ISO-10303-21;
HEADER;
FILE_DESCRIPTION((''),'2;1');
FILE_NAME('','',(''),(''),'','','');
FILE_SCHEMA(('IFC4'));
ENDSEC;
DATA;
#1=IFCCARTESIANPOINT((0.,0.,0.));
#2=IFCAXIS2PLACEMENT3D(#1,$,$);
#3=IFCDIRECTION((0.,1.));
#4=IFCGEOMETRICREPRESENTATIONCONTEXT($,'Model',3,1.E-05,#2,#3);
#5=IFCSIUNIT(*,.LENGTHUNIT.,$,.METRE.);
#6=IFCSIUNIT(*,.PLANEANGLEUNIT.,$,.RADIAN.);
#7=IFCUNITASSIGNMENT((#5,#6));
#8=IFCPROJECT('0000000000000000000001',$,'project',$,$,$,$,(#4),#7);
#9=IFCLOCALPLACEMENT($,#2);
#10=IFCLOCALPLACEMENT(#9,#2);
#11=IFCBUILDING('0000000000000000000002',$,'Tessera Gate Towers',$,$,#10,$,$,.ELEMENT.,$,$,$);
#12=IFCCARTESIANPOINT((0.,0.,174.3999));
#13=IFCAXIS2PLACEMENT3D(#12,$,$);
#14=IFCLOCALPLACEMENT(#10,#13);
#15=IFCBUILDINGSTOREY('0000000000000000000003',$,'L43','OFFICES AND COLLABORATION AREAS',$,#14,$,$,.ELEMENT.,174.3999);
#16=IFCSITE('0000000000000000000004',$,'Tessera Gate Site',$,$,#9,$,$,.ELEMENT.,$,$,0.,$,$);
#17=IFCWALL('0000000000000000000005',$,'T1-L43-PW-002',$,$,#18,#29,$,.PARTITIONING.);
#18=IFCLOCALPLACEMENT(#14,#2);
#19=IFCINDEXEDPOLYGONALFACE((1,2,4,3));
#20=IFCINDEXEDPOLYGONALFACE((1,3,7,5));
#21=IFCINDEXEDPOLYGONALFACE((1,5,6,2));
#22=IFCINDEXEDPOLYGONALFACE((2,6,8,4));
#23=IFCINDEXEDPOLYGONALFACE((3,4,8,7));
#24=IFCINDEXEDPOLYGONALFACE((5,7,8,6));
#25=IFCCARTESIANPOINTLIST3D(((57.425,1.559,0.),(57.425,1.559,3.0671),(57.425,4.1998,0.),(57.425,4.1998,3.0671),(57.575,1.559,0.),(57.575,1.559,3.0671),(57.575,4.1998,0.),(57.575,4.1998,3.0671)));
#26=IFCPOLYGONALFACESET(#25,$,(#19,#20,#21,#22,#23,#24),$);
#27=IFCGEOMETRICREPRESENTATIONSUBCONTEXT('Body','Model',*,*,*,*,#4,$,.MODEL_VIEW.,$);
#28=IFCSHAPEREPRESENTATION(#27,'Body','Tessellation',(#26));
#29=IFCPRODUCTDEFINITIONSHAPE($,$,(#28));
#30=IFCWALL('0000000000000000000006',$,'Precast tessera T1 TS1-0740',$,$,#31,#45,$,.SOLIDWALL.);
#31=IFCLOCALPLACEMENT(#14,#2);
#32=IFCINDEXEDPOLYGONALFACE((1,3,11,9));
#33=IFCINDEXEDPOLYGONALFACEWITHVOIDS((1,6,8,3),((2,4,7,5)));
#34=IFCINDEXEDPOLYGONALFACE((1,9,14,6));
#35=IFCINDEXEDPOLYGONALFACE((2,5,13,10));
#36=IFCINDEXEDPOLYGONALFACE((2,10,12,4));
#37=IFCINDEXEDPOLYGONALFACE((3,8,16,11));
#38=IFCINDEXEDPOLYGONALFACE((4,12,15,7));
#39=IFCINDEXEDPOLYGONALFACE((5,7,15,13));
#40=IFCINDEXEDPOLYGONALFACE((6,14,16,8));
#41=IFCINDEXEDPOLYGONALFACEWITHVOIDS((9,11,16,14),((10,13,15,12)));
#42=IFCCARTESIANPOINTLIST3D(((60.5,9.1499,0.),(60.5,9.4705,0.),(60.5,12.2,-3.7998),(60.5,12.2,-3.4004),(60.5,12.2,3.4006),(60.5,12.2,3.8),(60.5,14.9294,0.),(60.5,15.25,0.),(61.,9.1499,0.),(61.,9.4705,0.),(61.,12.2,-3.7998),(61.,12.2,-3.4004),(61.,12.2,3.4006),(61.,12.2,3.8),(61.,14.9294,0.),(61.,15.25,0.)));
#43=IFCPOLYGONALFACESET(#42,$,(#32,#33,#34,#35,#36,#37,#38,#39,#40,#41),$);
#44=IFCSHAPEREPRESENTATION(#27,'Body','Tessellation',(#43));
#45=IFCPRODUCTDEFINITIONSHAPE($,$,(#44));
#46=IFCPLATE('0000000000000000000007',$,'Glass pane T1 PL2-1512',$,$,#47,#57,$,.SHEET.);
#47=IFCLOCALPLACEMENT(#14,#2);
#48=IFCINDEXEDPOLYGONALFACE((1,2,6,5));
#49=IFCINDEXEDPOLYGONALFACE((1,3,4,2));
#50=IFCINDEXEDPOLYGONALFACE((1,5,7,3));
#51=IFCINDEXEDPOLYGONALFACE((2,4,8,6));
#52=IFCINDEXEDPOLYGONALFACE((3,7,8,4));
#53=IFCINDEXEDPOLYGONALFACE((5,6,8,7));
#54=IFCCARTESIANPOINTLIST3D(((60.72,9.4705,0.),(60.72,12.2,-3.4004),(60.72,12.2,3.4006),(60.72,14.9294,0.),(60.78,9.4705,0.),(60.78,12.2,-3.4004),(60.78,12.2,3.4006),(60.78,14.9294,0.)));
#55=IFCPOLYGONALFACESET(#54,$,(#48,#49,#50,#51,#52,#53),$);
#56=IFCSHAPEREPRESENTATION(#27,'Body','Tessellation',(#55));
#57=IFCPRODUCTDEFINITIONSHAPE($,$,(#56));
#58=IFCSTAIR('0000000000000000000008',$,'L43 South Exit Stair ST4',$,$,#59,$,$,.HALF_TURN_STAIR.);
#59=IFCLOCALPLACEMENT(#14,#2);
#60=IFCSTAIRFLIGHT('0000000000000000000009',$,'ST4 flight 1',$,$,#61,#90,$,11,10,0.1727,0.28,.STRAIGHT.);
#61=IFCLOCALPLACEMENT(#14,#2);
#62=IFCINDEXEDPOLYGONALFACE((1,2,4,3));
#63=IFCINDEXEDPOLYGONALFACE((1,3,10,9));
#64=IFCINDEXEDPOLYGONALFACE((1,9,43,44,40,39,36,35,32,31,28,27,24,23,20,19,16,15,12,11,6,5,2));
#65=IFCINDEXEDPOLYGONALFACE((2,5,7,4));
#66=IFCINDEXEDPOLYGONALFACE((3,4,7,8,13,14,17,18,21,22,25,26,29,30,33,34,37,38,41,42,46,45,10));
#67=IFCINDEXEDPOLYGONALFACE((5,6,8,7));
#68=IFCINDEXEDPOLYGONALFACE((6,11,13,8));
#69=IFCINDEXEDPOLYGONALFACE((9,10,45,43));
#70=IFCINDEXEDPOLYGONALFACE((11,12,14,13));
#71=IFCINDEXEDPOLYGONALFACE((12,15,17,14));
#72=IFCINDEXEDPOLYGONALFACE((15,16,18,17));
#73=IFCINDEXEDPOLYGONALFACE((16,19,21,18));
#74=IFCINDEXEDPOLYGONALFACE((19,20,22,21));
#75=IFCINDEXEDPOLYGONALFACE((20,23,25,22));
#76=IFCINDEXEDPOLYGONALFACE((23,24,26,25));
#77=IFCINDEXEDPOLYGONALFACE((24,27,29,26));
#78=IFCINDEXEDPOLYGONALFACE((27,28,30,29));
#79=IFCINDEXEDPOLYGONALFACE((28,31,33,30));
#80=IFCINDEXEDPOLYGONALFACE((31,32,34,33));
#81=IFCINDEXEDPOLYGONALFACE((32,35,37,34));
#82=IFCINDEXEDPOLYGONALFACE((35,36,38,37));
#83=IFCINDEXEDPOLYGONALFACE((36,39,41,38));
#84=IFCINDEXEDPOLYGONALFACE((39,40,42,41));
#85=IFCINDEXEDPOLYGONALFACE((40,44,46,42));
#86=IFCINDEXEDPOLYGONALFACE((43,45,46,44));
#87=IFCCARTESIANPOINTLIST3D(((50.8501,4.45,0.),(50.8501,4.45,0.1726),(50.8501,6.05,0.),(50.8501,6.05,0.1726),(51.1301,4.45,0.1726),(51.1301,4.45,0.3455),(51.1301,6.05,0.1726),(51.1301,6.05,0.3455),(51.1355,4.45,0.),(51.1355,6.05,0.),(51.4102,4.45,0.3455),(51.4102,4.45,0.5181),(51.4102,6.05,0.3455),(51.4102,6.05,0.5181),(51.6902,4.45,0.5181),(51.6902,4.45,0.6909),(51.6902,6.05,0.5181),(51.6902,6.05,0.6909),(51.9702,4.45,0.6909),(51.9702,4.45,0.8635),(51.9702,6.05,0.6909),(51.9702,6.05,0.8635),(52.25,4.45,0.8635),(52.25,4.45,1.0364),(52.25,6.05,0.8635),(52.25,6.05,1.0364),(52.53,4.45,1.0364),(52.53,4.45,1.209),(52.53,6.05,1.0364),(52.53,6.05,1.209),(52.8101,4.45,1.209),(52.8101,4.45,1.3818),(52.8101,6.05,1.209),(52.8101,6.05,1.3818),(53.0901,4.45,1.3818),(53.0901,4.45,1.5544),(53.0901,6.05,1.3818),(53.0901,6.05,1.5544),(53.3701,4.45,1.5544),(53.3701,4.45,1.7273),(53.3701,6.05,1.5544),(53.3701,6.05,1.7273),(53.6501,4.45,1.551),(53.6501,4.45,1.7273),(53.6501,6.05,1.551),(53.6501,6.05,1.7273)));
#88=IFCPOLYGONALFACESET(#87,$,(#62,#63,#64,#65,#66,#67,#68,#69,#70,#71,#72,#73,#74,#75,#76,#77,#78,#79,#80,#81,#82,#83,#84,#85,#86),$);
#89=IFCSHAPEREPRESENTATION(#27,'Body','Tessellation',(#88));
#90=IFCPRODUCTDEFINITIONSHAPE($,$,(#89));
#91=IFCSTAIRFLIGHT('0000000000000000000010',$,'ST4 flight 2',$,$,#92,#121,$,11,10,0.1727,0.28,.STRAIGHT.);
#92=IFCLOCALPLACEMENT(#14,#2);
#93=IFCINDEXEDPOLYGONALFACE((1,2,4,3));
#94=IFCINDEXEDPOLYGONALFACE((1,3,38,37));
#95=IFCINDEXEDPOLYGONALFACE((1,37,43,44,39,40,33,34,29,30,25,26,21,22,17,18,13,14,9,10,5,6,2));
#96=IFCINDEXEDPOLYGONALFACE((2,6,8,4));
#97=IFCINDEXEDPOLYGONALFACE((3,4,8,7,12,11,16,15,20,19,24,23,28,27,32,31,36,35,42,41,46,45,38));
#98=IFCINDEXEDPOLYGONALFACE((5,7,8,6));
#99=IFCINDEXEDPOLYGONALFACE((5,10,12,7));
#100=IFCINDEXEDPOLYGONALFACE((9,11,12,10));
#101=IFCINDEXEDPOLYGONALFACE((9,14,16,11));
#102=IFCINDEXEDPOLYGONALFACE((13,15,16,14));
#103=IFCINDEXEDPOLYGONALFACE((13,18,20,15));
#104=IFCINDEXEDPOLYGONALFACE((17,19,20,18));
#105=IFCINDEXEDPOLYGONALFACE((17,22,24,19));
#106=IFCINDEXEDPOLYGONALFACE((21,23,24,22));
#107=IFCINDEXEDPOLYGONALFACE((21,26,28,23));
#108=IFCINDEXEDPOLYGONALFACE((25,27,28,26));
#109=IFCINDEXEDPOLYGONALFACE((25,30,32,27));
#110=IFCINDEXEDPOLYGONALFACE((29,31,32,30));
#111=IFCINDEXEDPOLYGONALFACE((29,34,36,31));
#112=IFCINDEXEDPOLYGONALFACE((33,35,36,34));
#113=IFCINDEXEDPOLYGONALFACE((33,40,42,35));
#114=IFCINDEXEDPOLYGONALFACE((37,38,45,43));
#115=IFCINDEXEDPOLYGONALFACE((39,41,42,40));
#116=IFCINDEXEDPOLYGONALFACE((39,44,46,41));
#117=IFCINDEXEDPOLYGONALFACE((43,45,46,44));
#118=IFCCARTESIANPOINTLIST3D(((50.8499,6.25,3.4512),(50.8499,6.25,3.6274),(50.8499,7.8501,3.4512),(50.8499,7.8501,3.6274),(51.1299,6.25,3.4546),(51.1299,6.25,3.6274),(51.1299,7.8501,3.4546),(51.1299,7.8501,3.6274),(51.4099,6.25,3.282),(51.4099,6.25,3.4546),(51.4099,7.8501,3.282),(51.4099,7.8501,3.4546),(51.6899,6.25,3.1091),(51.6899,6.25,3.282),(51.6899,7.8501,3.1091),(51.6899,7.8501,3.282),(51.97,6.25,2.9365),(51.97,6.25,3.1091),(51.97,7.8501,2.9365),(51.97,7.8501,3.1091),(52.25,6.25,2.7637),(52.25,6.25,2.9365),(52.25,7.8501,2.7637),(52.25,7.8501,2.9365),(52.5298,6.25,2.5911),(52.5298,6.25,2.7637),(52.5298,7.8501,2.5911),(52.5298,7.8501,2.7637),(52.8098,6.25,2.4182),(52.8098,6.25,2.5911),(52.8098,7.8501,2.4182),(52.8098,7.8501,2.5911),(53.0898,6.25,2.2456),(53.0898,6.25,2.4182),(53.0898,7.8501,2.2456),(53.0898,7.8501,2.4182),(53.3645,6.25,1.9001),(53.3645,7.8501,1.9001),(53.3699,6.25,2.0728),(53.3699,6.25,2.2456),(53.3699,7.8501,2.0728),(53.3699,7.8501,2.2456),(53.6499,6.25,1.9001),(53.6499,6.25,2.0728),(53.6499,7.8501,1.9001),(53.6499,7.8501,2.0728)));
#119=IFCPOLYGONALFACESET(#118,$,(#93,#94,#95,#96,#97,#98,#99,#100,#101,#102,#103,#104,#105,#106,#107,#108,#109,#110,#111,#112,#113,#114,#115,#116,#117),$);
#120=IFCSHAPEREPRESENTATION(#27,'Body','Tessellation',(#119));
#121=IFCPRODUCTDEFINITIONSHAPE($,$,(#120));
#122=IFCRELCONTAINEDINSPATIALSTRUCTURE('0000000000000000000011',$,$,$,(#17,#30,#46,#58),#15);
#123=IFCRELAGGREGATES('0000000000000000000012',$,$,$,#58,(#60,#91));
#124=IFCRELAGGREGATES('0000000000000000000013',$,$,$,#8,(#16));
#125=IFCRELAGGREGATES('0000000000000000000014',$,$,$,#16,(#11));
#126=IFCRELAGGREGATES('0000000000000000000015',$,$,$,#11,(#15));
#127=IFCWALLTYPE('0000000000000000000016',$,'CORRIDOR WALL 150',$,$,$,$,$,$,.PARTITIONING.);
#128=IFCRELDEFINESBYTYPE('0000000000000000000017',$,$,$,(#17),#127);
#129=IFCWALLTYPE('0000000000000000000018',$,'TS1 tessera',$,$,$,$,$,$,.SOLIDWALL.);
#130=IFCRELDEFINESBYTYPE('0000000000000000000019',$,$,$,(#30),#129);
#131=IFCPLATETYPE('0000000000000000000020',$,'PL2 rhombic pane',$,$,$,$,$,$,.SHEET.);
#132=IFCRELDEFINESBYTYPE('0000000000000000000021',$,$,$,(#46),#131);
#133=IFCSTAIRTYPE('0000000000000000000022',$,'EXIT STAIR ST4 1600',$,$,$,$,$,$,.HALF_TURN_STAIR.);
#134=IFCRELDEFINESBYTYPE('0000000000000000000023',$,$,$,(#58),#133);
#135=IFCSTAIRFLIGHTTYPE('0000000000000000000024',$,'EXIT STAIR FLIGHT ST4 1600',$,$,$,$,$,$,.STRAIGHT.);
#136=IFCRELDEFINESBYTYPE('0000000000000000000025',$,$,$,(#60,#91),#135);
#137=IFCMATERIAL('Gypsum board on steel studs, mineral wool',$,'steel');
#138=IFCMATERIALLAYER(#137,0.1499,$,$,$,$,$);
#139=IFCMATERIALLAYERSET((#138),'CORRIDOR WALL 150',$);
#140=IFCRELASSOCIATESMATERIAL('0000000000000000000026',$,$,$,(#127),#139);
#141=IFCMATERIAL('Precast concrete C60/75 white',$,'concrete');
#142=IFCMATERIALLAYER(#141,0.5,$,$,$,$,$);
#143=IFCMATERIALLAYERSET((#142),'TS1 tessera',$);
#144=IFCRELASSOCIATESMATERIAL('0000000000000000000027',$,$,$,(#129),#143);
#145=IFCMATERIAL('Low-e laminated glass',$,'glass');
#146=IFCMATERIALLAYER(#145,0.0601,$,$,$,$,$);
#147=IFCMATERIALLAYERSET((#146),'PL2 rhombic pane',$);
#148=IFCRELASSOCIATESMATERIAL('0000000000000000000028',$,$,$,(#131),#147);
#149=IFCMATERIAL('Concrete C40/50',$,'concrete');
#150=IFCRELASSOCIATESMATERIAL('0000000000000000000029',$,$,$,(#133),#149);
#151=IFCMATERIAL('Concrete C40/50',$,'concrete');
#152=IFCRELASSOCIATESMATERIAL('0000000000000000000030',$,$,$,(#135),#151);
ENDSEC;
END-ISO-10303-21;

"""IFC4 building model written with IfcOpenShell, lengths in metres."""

from ifc_helpers import new_model, si_unit, direction, frame, frame_2d, origin, place, context, subcontext, project, spatial, polyline, rectangle, outline, extrude, source, transform, mapped, material, layer, layer_set, type_object, element, fill, aggregate, save


model = new_model("IFC4")

# Units and contexts
model_context = context("Model", 3, precision=1e-05, world=origin(), true_north=direction((0.0, 1.0)))
body_context = subcontext(model_context, "Body", "Model", "MODEL_VIEW")
ifc_project = project(units=[si_unit("LENGTHUNIT", "METRE"), si_unit("PLANEANGLEUNIT", "RADIAN")], contexts=[model_context])

# Site, building, storey
site_placement = place(None, origin())
site = spatial("IfcSite", under=ifc_project, at=site_placement, Name="Tessera Gate Site", CompositionType="ELEMENT", RefElevation=0.0)
building_placement = place(site_placement, origin())
building = spatial("IfcBuilding", under=site, at=building_placement, Name="Tessera Gate Towers", CompositionType="ELEMENT")
storey_placement = place(building_placement, frame((0.0, 0.0, 174.3999)))
storey = spatial("IfcBuildingStorey", under=building, at=storey_placement, Name="L43", Description="OFFICES AND COLLABORATION AREAS", CompositionType="ELEMENT", Elevation=174.3999)

# Wall
ifc_material_1 = material(Name="Gypsum board on steel studs, mineral wool", Category="steel")
ifc_layer_1 = layer(ifc_material_1, 0.1499)
ifc_layer_set_1 = layer_set([ifc_layer_1], Name="CORRIDOR WALL 150")
wall_type_1 = type_object("IfcWallType", Name="CORRIDOR WALL 150", PredefinedType="PARTITIONING", material=ifc_layer_set_1)
wall_1_placement = place(storey_placement, frame((57.5, 1.5591, 0.0), z_axis=(0.0, 0.0, 1.0), x_axis=(0.0, 1.0, 0.0)))
element("IfcWall", 1, at=wall_1_placement, inside=storey, type_object=wall_type_1, Name="T1-L43-PW-002", PredefinedType="PARTITIONING", context=body_context, shape_type="SweptSolid", body=[
    extrude(rectangle(XDim=2.6409, YDim=0.1499, at=frame_2d((1.3203, 0.0))), origin(), (0.0, 0.0, 1.0), 3.0671),
])

# Wall, opening, plate
ifc_material_2 = material(Name="Precast concrete C60/75 white", Category="concrete")
ifc_layer_2 = layer(ifc_material_2, 0.5)
ifc_layer_set_2 = layer_set([ifc_layer_2], Name="TS1 tessera")
wall_type_2 = type_object("IfcWallType", Name="TS1 tessera", PredefinedType="SOLIDWALL", material=ifc_layer_set_2)
shared_shape_1 = source(origin(), body_context, "Body", "SweptSolid", [
    extrude(outline(polyline([(3.05, 0.0), (6.1001, 3.7998), (3.05, 7.5999), (0.0, 3.7998), (3.05, 0.0)])), frame((0.0, 0.25, 0.0), z_axis=(0.0, -1.0, 0.0), x_axis=(1.0, 0.0, 0.0)), (0.0, 0.0, 1.0), 0.5),
])
wall_2_placement = place(storey_placement, frame((60.75, 9.1499, -3.7998), z_axis=(0.0, 0.0, 1.0), x_axis=(0.0, 1.0, 0.0)))
wall_2 = element("IfcWall", 2, at=wall_2_placement, inside=storey, type_object=wall_type_2, Name="Precast tessera T1 TS1-0740", PredefinedType="SOLIDWALL", context=body_context, shape_type="MappedRepresentation", body=[
    mapped(shared_shape_1, transform((0.0, 0.0, 0.0), scale=1.0)),
])
shared_shape_2 = source(origin(), body_context, "Body", "SweptSolid", [
    extrude(outline(polyline([(3.05, 0.3994), (5.7795, 3.7998), (3.05, 7.2004), (0.3206, 3.7998), (3.05, 0.3994)])), frame((0.0, 0.26, 0.0), z_axis=(0.0, -1.0, 0.0), x_axis=(1.0, 0.0, 0.0)), (0.0, 0.0, 1.0), 0.52),
])
opening_1_placement = place(wall_2_placement, origin())
opening_1 = element("IfcOpeningElement", 3, at=opening_1_placement, cuts=wall_2, PredefinedType="OPENING", context=body_context, shape_type="MappedRepresentation", body=[
    mapped(shared_shape_2, transform((0.0, 0.0, 0.0), scale=1.0)),
])
ifc_material_3 = material(Name="Low-e laminated glass", Category="glass")
ifc_layer_3 = layer(ifc_material_3, 0.0601)
ifc_layer_set_3 = layer_set([ifc_layer_3], Name="PL2 rhombic pane")
plate_type = type_object("IfcPlateType", Name="PL2 rhombic pane", PredefinedType="SHEET", material=ifc_layer_set_3)
shared_shape_3 = source(origin(), body_context, "Body", "SweptSolid", [
    extrude(outline(polyline([(3.05, 0.3994), (5.7795, 3.7998), (3.05, 7.2004), (0.3206, 3.7998), (3.05, 0.3994)])), frame((0.0, 0.03, 0.0), z_axis=(0.0, -1.0, 0.0), x_axis=(1.0, 0.0, 0.0)), (0.0, 0.0, 1.0), 0.0601),
])
plate_placement = place(opening_1_placement, origin())
plate = element("IfcPlate", 4, at=plate_placement, inside=storey, type_object=plate_type, Name="Glass pane T1 PL2-1512", PredefinedType="SHEET", context=body_context, shape_type="MappedRepresentation", body=[
    mapped(shared_shape_3, transform((0.0, 0.0, 0.0), scale=1.0)),
])
fill(opening_1, plate)

# Stair, stair flights
ifc_material_4 = material(Name="Concrete C40/50", Category="concrete")
stair_type = type_object("IfcStairType", Name="EXIT STAIR ST4 1600", PredefinedType="HALF_TURN_STAIR", material=ifc_material_4)
stair_placement = place(storey_placement, origin())
stair = element("IfcStair", 5, at=stair_placement, inside=storey, type_object=stair_type, Name="L43 South Exit Stair ST4", PredefinedType="HALF_TURN_STAIR")
ifc_material_5 = material(Name="Concrete C40/50", Category="concrete")
stair_flight_type = type_object("IfcStairFlightType", Name="EXIT STAIR FLIGHT ST4 1600", PredefinedType="STRAIGHT", material=ifc_material_5)
stair_flight_1_placement = place(storey_placement, frame((50.8501, 5.25, 0.0), z_axis=(0.0, 0.0, 1.0), x_axis=(1.0, 0.0, 0.0)))
stair_flight_1 = element("IfcStairFlight", 6, at=stair_flight_1_placement, type_object=stair_flight_type, Name="ST4 flight 1", NumberOfRisers=11, NumberOfTreads=10, PredefinedType="STRAIGHT", RiserHeight=0.1727, TreadLength=0.28, context=body_context, shape_type="SweptSolid", body=[
    extrude(outline(polyline([(0.0, 0.0), (0.0, 0.1726), (0.28, 0.1726), (0.28, 0.3455), (0.5601, 0.3455), (0.5601, 0.5181), (0.8401, 0.5181), (0.8401, 0.6909), (1.1201, 0.6909), (1.1201, 0.8635), (1.3999, 0.8635), (1.3999, 1.0364), (1.6799, 1.0364), (1.6799, 1.209), (1.96, 1.209), (1.96, 1.3818), (2.24, 1.3818), (2.24, 1.5544), (2.52, 1.5544), (2.52, 1.7273), (2.8, 1.7273), (2.8, 1.8999), (2.8, 1.551), (0.2854, 0.0), (0.0, 0.0)])), frame((0.0, 0.8, 0.0), z_axis=(0.0, -1.0, 0.0), x_axis=(1.0, 0.0, 0.0)), (0.0, 0.0, 1.0), 1.6001),
])
stair_flight_2_placement = place(storey_placement, frame((53.6499, 7.05, 1.9001), z_axis=(0.0, 0.0, 1.0), x_axis=(-1.0, 0.0, 0.0)))
stair_flight_2 = element("IfcStairFlight", 7, at=stair_flight_2_placement, type_object=stair_flight_type, Name="ST4 flight 2", NumberOfRisers=11, NumberOfTreads=10, PredefinedType="STRAIGHT", RiserHeight=0.1727, TreadLength=0.28, context=body_context, shape_type="SweptSolid", body=[
    extrude(outline(polyline([(0.0, 0.0), (0.0, 0.1726), (0.28, 0.1726), (0.28, 0.3455), (0.5601, 0.3455), (0.5601, 0.5181), (0.8401, 0.5181), (0.8401, 0.6909), (1.1201, 0.6909), (1.1201, 0.8635), (1.3999, 0.8635), (1.3999, 1.0364), (1.6799, 1.0364), (1.6799, 1.209), (1.96, 1.209), (1.96, 1.3818), (2.24, 1.3818), (2.24, 1.5544), (2.52, 1.5544), (2.52, 1.7273), (2.8, 1.7273), (2.8, 1.8999), (2.8, 1.551), (0.2854, 0.0), (0.0, 0.0)])), frame((0.0, 0.8, 0.0), z_axis=(0.0, -1.0, 0.0), x_axis=(1.0, 0.0, 0.0)), (0.0, 0.0, 1.0), 1.6001),
])
aggregate(stair, [stair_flight_1, stair_flight_2])

save(model, "model.ifc")
